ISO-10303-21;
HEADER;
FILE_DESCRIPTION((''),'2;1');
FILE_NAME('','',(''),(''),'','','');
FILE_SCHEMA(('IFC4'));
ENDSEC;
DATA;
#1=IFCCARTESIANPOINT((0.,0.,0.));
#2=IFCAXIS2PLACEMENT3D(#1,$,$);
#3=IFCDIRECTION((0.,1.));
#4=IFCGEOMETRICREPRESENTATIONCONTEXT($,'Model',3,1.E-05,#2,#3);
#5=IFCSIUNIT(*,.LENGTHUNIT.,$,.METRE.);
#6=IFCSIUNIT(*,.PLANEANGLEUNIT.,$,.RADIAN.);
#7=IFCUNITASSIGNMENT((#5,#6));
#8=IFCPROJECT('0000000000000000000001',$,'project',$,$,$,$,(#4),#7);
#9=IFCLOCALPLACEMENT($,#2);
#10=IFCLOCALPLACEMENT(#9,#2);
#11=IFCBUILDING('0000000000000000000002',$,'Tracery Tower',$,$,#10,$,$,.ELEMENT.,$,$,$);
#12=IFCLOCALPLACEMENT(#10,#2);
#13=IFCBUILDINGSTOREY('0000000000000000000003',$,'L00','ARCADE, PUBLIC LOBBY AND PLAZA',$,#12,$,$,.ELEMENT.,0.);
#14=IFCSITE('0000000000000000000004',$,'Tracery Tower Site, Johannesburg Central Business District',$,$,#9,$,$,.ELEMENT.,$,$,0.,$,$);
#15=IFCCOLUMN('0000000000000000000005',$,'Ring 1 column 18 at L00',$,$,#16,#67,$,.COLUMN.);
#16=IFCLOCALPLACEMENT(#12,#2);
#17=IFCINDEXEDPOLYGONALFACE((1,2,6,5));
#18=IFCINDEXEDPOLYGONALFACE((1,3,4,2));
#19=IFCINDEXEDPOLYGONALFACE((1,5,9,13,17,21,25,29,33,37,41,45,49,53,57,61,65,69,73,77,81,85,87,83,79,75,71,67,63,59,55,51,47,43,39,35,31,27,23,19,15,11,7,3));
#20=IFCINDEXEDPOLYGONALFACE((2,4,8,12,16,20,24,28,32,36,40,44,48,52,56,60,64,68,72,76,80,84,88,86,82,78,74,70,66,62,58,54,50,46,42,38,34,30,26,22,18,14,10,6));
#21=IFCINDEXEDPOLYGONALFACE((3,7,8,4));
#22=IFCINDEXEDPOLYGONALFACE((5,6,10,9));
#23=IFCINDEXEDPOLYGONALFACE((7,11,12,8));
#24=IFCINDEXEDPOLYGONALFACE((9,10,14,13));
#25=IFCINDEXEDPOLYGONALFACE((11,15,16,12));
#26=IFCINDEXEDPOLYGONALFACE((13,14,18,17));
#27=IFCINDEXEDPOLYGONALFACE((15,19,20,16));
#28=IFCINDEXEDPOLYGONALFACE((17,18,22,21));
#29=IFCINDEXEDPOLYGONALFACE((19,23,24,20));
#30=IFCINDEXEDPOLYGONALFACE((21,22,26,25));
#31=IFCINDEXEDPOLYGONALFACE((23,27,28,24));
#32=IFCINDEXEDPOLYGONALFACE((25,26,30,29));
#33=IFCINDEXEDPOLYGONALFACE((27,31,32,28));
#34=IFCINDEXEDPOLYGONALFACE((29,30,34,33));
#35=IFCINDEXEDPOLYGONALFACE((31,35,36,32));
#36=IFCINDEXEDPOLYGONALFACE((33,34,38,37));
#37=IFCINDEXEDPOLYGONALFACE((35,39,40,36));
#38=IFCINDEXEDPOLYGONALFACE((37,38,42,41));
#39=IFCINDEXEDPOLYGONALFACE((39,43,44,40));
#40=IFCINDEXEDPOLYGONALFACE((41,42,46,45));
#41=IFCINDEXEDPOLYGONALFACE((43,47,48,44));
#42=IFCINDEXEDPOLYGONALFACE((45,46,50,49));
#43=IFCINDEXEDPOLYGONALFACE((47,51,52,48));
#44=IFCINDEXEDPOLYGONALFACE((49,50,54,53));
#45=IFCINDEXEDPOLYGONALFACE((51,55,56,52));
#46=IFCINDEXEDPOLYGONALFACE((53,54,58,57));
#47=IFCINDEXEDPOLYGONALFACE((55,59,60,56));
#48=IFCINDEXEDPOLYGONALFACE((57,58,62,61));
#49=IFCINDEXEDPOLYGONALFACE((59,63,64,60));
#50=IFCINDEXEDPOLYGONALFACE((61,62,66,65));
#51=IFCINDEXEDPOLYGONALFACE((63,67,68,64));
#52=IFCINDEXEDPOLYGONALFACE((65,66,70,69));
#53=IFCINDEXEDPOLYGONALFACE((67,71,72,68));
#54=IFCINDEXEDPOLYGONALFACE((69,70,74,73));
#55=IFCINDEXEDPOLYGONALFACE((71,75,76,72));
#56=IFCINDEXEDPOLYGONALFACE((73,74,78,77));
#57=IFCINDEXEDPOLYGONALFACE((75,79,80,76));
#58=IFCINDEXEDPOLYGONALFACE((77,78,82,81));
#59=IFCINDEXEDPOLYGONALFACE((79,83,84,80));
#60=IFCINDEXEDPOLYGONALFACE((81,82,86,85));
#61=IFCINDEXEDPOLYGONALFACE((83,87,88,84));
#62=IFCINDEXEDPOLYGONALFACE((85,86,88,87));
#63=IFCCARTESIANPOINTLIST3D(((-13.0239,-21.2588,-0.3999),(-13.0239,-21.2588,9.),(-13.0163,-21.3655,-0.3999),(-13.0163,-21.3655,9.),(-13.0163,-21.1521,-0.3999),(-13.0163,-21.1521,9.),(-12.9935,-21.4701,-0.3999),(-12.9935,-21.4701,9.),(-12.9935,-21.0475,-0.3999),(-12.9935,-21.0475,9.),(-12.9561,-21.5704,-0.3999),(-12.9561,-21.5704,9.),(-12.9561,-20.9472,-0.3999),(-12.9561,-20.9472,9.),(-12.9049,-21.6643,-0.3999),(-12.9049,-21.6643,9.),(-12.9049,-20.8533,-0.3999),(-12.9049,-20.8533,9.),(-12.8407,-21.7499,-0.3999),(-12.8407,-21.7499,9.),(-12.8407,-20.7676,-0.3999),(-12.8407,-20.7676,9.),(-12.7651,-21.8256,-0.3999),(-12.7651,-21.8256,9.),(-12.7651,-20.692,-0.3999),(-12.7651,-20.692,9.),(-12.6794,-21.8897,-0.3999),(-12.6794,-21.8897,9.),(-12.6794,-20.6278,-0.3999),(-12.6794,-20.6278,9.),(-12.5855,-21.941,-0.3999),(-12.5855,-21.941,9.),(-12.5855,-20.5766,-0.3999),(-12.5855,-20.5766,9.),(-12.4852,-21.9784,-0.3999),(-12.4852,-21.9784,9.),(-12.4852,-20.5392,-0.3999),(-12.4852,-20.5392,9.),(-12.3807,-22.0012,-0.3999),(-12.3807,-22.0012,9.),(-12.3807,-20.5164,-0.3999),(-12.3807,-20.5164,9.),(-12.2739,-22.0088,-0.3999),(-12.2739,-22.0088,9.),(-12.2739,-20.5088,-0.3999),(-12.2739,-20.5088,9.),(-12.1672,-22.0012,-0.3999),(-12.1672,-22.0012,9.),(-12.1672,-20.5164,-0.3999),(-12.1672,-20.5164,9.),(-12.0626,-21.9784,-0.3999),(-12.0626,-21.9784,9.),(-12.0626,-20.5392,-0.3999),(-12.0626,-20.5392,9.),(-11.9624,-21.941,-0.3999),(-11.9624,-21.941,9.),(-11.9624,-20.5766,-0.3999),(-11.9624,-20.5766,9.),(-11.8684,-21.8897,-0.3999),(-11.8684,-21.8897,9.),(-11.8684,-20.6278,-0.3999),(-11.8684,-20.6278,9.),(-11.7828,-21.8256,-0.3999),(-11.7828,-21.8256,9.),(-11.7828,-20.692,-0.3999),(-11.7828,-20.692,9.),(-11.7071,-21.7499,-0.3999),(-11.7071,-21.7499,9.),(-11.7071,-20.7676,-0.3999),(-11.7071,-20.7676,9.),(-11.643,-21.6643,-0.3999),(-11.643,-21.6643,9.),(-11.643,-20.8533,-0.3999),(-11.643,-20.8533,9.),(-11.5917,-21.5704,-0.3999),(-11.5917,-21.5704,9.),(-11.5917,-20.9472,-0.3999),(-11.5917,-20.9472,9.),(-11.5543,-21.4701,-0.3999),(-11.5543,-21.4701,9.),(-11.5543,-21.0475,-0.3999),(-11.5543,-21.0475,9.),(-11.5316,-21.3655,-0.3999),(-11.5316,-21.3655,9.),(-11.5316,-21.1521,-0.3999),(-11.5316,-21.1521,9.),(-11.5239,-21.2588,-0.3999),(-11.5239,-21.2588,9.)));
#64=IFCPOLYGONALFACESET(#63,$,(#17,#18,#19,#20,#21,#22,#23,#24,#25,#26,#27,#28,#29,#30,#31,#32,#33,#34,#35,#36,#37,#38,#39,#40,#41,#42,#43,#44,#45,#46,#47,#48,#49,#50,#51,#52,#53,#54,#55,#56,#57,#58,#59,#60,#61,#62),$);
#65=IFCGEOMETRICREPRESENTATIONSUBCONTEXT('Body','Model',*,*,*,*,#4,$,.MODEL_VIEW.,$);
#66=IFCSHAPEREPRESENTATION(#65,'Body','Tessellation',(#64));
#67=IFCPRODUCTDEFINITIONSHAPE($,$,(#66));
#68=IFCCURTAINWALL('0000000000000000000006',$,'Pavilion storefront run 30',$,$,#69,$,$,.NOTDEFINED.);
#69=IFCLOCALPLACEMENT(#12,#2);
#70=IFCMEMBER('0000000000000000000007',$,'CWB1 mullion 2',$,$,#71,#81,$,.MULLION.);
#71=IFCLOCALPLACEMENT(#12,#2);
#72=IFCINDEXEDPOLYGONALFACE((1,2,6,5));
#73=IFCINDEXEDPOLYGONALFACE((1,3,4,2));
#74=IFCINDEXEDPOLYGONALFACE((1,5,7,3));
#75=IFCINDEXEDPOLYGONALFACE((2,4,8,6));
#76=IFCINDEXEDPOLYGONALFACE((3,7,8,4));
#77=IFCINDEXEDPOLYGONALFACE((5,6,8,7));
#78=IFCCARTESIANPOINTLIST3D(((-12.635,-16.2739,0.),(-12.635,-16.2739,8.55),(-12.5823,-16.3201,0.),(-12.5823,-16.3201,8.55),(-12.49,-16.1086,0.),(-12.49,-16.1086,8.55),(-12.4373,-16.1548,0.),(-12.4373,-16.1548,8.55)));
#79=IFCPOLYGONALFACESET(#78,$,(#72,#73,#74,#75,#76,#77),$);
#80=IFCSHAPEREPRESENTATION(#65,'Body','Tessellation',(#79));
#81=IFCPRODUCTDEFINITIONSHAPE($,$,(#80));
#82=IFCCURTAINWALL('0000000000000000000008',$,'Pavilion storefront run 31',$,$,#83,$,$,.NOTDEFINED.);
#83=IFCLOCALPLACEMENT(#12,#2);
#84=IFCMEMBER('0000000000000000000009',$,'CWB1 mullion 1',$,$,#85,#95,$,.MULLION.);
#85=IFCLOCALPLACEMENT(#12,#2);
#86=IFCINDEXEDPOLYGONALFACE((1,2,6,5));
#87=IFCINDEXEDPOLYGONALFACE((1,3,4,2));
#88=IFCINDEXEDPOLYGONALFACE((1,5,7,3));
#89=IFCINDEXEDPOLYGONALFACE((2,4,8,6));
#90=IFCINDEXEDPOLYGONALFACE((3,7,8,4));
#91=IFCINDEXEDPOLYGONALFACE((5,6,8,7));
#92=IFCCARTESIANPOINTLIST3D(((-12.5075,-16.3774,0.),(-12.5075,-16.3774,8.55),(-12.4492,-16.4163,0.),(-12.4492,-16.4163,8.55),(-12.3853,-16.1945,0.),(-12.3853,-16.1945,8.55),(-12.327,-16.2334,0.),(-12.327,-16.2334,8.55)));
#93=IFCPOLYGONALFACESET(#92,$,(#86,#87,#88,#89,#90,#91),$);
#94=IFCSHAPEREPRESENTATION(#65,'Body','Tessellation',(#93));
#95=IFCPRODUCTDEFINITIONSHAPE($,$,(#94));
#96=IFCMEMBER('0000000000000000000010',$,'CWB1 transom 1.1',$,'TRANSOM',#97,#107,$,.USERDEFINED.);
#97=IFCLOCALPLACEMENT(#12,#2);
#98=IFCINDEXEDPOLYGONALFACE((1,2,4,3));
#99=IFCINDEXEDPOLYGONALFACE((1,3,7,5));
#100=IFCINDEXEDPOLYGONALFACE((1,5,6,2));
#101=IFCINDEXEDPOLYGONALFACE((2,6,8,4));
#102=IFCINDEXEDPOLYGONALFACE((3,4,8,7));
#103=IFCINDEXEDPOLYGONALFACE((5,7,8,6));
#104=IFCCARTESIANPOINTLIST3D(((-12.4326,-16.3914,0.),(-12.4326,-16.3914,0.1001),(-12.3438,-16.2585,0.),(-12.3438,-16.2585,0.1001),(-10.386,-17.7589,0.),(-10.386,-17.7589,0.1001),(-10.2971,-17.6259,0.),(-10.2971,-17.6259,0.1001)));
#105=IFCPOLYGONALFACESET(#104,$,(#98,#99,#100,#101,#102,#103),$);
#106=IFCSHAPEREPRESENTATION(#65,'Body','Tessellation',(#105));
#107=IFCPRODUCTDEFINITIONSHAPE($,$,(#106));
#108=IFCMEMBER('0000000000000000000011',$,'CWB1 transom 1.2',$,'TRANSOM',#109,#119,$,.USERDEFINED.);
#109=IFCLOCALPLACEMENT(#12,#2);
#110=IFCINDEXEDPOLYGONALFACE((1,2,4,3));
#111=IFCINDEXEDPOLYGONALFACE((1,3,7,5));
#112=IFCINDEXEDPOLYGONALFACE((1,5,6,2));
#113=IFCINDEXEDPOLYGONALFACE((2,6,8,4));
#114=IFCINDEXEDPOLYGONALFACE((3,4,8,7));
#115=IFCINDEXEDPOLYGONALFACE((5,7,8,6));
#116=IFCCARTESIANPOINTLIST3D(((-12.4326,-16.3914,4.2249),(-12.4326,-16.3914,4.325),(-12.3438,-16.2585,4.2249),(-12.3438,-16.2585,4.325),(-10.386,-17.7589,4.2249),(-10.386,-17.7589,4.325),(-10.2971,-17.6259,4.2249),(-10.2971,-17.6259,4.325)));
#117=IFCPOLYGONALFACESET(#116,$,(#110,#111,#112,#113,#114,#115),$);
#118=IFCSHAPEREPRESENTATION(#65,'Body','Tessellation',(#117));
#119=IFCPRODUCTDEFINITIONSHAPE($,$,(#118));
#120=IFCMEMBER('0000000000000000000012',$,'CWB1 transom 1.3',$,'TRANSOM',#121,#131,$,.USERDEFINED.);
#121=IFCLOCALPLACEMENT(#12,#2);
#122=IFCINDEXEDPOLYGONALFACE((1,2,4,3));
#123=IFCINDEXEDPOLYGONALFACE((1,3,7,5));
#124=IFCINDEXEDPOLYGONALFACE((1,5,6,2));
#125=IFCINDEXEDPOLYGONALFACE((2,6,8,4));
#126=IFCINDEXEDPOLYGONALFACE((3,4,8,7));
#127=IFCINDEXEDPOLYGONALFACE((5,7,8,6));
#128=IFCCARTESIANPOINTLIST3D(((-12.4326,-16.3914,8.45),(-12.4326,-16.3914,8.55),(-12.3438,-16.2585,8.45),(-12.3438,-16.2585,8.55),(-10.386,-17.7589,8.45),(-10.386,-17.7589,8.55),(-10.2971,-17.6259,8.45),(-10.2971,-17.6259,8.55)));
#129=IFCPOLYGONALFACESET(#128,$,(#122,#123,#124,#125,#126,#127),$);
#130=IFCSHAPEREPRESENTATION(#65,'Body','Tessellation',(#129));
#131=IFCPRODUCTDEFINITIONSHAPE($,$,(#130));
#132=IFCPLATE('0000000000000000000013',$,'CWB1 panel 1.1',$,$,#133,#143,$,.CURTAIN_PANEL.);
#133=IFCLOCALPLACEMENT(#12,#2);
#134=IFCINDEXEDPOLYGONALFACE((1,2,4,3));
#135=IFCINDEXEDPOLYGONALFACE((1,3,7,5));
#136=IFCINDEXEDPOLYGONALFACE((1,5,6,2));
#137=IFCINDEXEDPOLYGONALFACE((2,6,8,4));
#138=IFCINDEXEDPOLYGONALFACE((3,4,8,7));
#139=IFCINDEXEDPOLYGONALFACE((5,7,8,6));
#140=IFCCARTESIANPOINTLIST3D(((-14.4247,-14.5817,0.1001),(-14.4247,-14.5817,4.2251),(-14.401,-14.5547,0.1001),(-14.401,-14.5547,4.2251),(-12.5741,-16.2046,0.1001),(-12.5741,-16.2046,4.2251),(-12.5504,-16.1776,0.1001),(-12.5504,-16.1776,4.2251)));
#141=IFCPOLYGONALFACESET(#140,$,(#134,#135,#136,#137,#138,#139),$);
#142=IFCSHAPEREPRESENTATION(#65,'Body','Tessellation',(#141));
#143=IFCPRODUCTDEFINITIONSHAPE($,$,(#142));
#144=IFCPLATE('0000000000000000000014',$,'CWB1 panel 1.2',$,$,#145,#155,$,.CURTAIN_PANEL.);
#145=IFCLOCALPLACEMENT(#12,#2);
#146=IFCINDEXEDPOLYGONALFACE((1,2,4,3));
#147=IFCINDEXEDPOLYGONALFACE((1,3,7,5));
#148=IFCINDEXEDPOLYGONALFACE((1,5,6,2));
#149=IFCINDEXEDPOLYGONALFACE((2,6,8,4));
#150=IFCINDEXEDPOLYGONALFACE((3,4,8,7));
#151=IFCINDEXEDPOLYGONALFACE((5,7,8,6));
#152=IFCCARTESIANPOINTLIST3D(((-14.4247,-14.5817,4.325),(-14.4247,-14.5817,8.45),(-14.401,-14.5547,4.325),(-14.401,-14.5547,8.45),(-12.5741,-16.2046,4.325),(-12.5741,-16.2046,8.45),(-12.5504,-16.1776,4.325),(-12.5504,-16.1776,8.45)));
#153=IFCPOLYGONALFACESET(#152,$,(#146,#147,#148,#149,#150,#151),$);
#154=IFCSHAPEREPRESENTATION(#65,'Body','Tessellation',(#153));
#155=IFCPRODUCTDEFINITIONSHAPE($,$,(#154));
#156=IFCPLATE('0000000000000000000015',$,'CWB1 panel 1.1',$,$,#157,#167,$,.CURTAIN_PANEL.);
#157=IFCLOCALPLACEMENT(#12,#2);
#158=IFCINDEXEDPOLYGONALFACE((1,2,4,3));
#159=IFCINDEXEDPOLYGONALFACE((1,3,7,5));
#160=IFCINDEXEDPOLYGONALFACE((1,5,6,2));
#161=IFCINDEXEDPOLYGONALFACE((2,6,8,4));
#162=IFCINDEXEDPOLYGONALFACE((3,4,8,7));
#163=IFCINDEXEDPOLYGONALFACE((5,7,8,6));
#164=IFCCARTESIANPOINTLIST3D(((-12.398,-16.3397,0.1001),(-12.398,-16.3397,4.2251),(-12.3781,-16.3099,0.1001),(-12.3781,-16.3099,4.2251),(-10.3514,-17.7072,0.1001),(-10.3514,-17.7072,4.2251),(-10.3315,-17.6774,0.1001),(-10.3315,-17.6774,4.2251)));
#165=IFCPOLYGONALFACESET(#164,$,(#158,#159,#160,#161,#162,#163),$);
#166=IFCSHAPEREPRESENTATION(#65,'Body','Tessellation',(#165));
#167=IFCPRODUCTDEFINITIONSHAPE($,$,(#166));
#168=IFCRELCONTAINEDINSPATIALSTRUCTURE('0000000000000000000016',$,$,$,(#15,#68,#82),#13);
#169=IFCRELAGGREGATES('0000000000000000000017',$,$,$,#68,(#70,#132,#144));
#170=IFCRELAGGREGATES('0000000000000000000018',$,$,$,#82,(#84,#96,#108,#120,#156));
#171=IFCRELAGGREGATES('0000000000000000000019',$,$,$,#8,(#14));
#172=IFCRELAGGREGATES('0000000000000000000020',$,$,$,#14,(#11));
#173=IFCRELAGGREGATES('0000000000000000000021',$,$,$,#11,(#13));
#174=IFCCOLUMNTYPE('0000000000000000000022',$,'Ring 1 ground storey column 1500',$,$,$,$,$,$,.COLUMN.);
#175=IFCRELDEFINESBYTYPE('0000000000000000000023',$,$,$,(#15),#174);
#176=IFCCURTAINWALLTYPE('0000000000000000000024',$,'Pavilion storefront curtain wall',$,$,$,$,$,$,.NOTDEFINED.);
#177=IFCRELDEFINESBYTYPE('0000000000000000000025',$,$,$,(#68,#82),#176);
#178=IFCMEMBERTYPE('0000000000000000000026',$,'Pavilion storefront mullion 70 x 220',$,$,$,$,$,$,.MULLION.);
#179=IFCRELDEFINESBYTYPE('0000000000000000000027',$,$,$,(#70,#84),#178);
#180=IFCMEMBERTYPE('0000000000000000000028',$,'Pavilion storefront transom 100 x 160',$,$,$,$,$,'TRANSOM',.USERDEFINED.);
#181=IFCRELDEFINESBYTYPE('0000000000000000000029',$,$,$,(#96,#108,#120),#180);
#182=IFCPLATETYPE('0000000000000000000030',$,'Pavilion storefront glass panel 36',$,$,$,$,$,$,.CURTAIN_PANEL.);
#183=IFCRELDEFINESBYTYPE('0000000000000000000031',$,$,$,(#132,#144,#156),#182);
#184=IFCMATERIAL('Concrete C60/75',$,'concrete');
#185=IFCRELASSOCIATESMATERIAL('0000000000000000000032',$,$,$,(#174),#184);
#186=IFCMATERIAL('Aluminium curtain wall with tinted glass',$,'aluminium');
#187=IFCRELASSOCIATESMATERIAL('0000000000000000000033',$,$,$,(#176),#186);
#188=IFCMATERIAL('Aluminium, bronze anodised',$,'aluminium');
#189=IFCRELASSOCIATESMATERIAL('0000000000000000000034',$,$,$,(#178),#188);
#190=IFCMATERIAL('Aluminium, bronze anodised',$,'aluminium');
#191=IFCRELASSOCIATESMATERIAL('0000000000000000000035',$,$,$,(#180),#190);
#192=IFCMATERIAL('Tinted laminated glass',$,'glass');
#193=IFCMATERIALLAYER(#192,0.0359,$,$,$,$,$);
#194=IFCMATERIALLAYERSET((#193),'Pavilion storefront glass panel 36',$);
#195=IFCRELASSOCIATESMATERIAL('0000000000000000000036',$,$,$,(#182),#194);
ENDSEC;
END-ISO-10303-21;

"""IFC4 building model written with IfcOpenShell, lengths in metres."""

from ifc_helpers import new_model, si_unit, direction, frame, origin, origin_2d, place, context, subcontext, project, spatial, rectangle, circle, extrude, material, layer, layer_set, material_profile, profile_set, type_object, element, aggregate, save


model = new_model("IFC4")

# Units and contexts
model_context = context("Model", 3, precision=1e-05, world=origin(), true_north=direction((0.0, 1.0)))
body_context = subcontext(model_context, "Body", "Model", "MODEL_VIEW")
ifc_project = project(units=[si_unit("LENGTHUNIT", "METRE"), si_unit("PLANEANGLEUNIT", "RADIAN")], contexts=[model_context])

# Site, building, storey
site_placement = place(None, origin())
site = spatial("IfcSite", under=ifc_project, at=site_placement, Name="Tracery Tower Site, Johannesburg Central Business District", CompositionType="ELEMENT", RefElevation=0.0)
building_placement = place(site_placement, origin())
building = spatial("IfcBuilding", under=site, at=building_placement, Name="Tracery Tower", CompositionType="ELEMENT")
storey_placement = place(building_placement, origin())
storey = spatial("IfcBuildingStorey", under=building, at=storey_placement, Name="L00", Description="ARCADE, PUBLIC LOBBY AND PLAZA", CompositionType="ELEMENT", Elevation=0.0)

# Column
ifc_material_1 = material(Name="Concrete C60/75", Category="concrete")
ifc_material_profile_1 = material_profile(ifc_material_1, circle(Radius=0.75, at=origin_2d()), Name="RC D1500")
ifc_profile_set_1 = profile_set([ifc_material_profile_1], Name="Concrete C60/75")
column_type_1 = type_object("IfcColumnType", Name="Ring 1 ground storey column 1500", PredefinedType="COLUMN", material=ifc_profile_set_1)
for number, where, z_axis, x_axis, name in (
    (1, (-12.2739, -21.2588, -0.3999), (0.0, 0.0, 1.0), (1.0, 0.0, 0.0), "Ring 1 column 18 at L00"),
):
    element("IfcColumn", number, at=place(storey_placement, frame(where, z_axis=z_axis, x_axis=x_axis)), inside=storey, type_object=column_type_1, Name=name, PredefinedType="COLUMN", context=body_context, shape_type="SweptSolid", body=[
        extrude(circle(Radius=0.75, at=origin_2d()), origin(), (0.0, 0.0, 1.0), 9.3999),
    ])

# Curtain wall, member
ifc_material_2 = material(Name="Aluminium curtain wall with tinted glass", Category="aluminium")
curtain_wall_type = type_object("IfcCurtainWallType", Name="Pavilion storefront curtain wall", PredefinedType="NOTDEFINED", material=ifc_material_2)
curtain_wall_1_placement = place(storey_placement, origin())
curtain_wall_1 = element("IfcCurtainWall", 2, at=curtain_wall_1_placement, inside=storey, type_object=curtain_wall_type, Name="Pavilion storefront run 30", PredefinedType="NOTDEFINED")
ifc_material_3 = material(Name="Aluminium, bronze anodised", Category="aluminium")
ifc_material_profile_2 = material_profile(ifc_material_3, rectangle(XDim=0.22, YDim=0.0701, at=origin_2d()), Name="Pavilion storefront mullion 70 x 220")
ifc_profile_set_2 = profile_set([ifc_material_profile_2], Name="Aluminium, bronze anodised")
member_type_1 = type_object("IfcMemberType", Name="Pavilion storefront mullion 70 x 220", PredefinedType="MULLION", material=ifc_profile_set_2)
member_1_placement = place(storey_placement, frame((-12.5361, -16.2144, 0.0), z_axis=(0.0, 0.0, 1.0), x_axis=(0.659351, 0.751836, 0.0)))
member_1 = element("IfcMember", 3, at=member_1_placement, type_object=member_type_1, Name="CWB1 mullion 2", PredefinedType="MULLION", context=body_context, shape_type="SweptSolid", body=[
    extrude(rectangle(XDim=0.22, YDim=0.0701, at=origin_2d()), origin(), (0.0, 0.0, 1.0), 8.55),
])

# Curtain wall, members
curtain_wall_2_placement = place(storey_placement, origin())
curtain_wall_2 = element("IfcCurtainWall", 4, at=curtain_wall_2_placement, inside=storey, type_object=curtain_wall_type, Name="Pavilion storefront run 31", PredefinedType="NOTDEFINED")
member_2_placement = place(storey_placement, frame((-12.4172, -16.3054, 0.0), z_axis=(0.0, 0.0, 1.0), x_axis=(0.55556, 0.831476, 0.0)))
member_2 = element("IfcMember", 5, at=member_2_placement, type_object=member_type_1, Name="CWB1 mullion 1", PredefinedType="MULLION", context=body_context, shape_type="SweptSolid", body=[
    extrude(rectangle(XDim=0.22, YDim=0.0701, at=origin_2d()), origin(), (0.0, 0.0, 1.0), 8.55),
])
ifc_material_4 = material(Name="Aluminium, bronze anodised", Category="aluminium")
ifc_material_profile_3 = material_profile(ifc_material_4, rectangle(XDim=0.1599, YDim=0.1001, at=origin_2d()), Name="Pavilion storefront transom 100 x 160")
ifc_profile_set_3 = profile_set([ifc_material_profile_3], Name="Aluminium, bronze anodised")
member_type_2 = type_object("IfcMemberType", Name="Pavilion storefront transom 100 x 160", ElementType="TRANSOM", PredefinedType="USERDEFINED", material=ifc_profile_set_3)
member_3_placement = place(storey_placement, frame((-12.3882, -16.325, 0.05), z_axis=(0.831485, -0.555547, 0.0), x_axis=(0.555547, 0.831485, 0.0)))
member_3 = element("IfcMember", 6, at=member_3_placement, type_object=member_type_2, Name="CWB1 transom 1.1", ObjectType="TRANSOM", PredefinedType="USERDEFINED", context=body_context, shape_type="SweptSolid", body=[
    extrude(rectangle(XDim=0.1599, YDim=0.1001, at=origin_2d()), origin(), (0.0, 0.0, 1.0), 2.4614),
])
member_4_placement = place(storey_placement, frame((-12.3882, -16.325, 4.2749), z_axis=(0.831485, -0.555547, 0.0), x_axis=(0.555547, 0.831485, 0.0)))
member_4 = element("IfcMember", 7, at=member_4_placement, type_object=member_type_2, Name="CWB1 transom 1.2", ObjectType="TRANSOM", PredefinedType="USERDEFINED", context=body_context, shape_type="SweptSolid", body=[
    extrude(rectangle(XDim=0.1599, YDim=0.1001, at=origin_2d()), origin(), (0.0, 0.0, 1.0), 2.4614),
])
member_5_placement = place(storey_placement, frame((-12.3882, -16.325, 8.5), z_axis=(0.831485, -0.555547, 0.0), x_axis=(0.555547, 0.831485, 0.0)))
member_5 = element("IfcMember", 8, at=member_5_placement, type_object=member_type_2, Name="CWB1 transom 1.3", ObjectType="TRANSOM", PredefinedType="USERDEFINED", context=body_context, shape_type="SweptSolid", body=[
    extrude(rectangle(XDim=0.1599, YDim=0.1001, at=origin_2d()), origin(), (0.0, 0.0, 1.0), 2.4614),
])

# Plates
ifc_material_5 = material(Name="Tinted laminated glass", Category="glass")
ifc_layer = layer(ifc_material_5, 0.0359)
ifc_layer_set = layer_set([ifc_layer], Name="Pavilion storefront glass panel 36")
plate_type = type_object("IfcPlateType", Name="Pavilion storefront glass panel 36", PredefinedType="CURTAIN_PANEL", material=ifc_layer_set)
plate_1_placement = place(storey_placement, frame((-13.4875, -15.3796, 0.1001), z_axis=(0.0, 0.0, 1.0), x_axis=(0.751836, -0.659351, 0.0)))
plate_1 = element("IfcPlate", 9, at=plate_1_placement, type_object=plate_type, Name="CWB1 panel 1.1", PredefinedType="CURTAIN_PANEL", context=body_context, shape_type="SweptSolid", body=[
    extrude(rectangle(XDim=2.4614, YDim=0.0359, at=origin_2d()), origin(), (0.0, 0.0, 1.0), 4.125),
])
plate_2_placement = place(storey_placement, frame((-13.4875, -15.3796, 4.325), z_axis=(0.0, 0.0, 1.0), x_axis=(0.751836, -0.659351, 0.0)))
plate_2 = element("IfcPlate", 10, at=plate_2_placement, type_object=plate_type, Name="CWB1 panel 1.2", PredefinedType="CURTAIN_PANEL", context=body_context, shape_type="SweptSolid", body=[
    extrude(rectangle(XDim=2.4614, YDim=0.0359, at=origin_2d()), origin(), (0.0, 0.0, 1.0), 4.125),
])
aggregate(curtain_wall_1, [member_1, plate_1, plate_2])
plate_3_placement = place(storey_placement, frame((-11.3647, -17.0085, 0.1001), z_axis=(0.0, 0.0, 1.0), x_axis=(0.831476, -0.55556, 0.0)))
plate_3 = element("IfcPlate", 11, at=plate_3_placement, type_object=plate_type, Name="CWB1 panel 1.1", PredefinedType="CURTAIN_PANEL", context=body_context, shape_type="SweptSolid", body=[
    extrude(rectangle(XDim=2.4614, YDim=0.0359, at=origin_2d()), origin(), (0.0, 0.0, 1.0), 4.125),
])
aggregate(curtain_wall_2, [member_2, member_3, member_4, member_5, plate_3])

save(model, "model.ifc")
